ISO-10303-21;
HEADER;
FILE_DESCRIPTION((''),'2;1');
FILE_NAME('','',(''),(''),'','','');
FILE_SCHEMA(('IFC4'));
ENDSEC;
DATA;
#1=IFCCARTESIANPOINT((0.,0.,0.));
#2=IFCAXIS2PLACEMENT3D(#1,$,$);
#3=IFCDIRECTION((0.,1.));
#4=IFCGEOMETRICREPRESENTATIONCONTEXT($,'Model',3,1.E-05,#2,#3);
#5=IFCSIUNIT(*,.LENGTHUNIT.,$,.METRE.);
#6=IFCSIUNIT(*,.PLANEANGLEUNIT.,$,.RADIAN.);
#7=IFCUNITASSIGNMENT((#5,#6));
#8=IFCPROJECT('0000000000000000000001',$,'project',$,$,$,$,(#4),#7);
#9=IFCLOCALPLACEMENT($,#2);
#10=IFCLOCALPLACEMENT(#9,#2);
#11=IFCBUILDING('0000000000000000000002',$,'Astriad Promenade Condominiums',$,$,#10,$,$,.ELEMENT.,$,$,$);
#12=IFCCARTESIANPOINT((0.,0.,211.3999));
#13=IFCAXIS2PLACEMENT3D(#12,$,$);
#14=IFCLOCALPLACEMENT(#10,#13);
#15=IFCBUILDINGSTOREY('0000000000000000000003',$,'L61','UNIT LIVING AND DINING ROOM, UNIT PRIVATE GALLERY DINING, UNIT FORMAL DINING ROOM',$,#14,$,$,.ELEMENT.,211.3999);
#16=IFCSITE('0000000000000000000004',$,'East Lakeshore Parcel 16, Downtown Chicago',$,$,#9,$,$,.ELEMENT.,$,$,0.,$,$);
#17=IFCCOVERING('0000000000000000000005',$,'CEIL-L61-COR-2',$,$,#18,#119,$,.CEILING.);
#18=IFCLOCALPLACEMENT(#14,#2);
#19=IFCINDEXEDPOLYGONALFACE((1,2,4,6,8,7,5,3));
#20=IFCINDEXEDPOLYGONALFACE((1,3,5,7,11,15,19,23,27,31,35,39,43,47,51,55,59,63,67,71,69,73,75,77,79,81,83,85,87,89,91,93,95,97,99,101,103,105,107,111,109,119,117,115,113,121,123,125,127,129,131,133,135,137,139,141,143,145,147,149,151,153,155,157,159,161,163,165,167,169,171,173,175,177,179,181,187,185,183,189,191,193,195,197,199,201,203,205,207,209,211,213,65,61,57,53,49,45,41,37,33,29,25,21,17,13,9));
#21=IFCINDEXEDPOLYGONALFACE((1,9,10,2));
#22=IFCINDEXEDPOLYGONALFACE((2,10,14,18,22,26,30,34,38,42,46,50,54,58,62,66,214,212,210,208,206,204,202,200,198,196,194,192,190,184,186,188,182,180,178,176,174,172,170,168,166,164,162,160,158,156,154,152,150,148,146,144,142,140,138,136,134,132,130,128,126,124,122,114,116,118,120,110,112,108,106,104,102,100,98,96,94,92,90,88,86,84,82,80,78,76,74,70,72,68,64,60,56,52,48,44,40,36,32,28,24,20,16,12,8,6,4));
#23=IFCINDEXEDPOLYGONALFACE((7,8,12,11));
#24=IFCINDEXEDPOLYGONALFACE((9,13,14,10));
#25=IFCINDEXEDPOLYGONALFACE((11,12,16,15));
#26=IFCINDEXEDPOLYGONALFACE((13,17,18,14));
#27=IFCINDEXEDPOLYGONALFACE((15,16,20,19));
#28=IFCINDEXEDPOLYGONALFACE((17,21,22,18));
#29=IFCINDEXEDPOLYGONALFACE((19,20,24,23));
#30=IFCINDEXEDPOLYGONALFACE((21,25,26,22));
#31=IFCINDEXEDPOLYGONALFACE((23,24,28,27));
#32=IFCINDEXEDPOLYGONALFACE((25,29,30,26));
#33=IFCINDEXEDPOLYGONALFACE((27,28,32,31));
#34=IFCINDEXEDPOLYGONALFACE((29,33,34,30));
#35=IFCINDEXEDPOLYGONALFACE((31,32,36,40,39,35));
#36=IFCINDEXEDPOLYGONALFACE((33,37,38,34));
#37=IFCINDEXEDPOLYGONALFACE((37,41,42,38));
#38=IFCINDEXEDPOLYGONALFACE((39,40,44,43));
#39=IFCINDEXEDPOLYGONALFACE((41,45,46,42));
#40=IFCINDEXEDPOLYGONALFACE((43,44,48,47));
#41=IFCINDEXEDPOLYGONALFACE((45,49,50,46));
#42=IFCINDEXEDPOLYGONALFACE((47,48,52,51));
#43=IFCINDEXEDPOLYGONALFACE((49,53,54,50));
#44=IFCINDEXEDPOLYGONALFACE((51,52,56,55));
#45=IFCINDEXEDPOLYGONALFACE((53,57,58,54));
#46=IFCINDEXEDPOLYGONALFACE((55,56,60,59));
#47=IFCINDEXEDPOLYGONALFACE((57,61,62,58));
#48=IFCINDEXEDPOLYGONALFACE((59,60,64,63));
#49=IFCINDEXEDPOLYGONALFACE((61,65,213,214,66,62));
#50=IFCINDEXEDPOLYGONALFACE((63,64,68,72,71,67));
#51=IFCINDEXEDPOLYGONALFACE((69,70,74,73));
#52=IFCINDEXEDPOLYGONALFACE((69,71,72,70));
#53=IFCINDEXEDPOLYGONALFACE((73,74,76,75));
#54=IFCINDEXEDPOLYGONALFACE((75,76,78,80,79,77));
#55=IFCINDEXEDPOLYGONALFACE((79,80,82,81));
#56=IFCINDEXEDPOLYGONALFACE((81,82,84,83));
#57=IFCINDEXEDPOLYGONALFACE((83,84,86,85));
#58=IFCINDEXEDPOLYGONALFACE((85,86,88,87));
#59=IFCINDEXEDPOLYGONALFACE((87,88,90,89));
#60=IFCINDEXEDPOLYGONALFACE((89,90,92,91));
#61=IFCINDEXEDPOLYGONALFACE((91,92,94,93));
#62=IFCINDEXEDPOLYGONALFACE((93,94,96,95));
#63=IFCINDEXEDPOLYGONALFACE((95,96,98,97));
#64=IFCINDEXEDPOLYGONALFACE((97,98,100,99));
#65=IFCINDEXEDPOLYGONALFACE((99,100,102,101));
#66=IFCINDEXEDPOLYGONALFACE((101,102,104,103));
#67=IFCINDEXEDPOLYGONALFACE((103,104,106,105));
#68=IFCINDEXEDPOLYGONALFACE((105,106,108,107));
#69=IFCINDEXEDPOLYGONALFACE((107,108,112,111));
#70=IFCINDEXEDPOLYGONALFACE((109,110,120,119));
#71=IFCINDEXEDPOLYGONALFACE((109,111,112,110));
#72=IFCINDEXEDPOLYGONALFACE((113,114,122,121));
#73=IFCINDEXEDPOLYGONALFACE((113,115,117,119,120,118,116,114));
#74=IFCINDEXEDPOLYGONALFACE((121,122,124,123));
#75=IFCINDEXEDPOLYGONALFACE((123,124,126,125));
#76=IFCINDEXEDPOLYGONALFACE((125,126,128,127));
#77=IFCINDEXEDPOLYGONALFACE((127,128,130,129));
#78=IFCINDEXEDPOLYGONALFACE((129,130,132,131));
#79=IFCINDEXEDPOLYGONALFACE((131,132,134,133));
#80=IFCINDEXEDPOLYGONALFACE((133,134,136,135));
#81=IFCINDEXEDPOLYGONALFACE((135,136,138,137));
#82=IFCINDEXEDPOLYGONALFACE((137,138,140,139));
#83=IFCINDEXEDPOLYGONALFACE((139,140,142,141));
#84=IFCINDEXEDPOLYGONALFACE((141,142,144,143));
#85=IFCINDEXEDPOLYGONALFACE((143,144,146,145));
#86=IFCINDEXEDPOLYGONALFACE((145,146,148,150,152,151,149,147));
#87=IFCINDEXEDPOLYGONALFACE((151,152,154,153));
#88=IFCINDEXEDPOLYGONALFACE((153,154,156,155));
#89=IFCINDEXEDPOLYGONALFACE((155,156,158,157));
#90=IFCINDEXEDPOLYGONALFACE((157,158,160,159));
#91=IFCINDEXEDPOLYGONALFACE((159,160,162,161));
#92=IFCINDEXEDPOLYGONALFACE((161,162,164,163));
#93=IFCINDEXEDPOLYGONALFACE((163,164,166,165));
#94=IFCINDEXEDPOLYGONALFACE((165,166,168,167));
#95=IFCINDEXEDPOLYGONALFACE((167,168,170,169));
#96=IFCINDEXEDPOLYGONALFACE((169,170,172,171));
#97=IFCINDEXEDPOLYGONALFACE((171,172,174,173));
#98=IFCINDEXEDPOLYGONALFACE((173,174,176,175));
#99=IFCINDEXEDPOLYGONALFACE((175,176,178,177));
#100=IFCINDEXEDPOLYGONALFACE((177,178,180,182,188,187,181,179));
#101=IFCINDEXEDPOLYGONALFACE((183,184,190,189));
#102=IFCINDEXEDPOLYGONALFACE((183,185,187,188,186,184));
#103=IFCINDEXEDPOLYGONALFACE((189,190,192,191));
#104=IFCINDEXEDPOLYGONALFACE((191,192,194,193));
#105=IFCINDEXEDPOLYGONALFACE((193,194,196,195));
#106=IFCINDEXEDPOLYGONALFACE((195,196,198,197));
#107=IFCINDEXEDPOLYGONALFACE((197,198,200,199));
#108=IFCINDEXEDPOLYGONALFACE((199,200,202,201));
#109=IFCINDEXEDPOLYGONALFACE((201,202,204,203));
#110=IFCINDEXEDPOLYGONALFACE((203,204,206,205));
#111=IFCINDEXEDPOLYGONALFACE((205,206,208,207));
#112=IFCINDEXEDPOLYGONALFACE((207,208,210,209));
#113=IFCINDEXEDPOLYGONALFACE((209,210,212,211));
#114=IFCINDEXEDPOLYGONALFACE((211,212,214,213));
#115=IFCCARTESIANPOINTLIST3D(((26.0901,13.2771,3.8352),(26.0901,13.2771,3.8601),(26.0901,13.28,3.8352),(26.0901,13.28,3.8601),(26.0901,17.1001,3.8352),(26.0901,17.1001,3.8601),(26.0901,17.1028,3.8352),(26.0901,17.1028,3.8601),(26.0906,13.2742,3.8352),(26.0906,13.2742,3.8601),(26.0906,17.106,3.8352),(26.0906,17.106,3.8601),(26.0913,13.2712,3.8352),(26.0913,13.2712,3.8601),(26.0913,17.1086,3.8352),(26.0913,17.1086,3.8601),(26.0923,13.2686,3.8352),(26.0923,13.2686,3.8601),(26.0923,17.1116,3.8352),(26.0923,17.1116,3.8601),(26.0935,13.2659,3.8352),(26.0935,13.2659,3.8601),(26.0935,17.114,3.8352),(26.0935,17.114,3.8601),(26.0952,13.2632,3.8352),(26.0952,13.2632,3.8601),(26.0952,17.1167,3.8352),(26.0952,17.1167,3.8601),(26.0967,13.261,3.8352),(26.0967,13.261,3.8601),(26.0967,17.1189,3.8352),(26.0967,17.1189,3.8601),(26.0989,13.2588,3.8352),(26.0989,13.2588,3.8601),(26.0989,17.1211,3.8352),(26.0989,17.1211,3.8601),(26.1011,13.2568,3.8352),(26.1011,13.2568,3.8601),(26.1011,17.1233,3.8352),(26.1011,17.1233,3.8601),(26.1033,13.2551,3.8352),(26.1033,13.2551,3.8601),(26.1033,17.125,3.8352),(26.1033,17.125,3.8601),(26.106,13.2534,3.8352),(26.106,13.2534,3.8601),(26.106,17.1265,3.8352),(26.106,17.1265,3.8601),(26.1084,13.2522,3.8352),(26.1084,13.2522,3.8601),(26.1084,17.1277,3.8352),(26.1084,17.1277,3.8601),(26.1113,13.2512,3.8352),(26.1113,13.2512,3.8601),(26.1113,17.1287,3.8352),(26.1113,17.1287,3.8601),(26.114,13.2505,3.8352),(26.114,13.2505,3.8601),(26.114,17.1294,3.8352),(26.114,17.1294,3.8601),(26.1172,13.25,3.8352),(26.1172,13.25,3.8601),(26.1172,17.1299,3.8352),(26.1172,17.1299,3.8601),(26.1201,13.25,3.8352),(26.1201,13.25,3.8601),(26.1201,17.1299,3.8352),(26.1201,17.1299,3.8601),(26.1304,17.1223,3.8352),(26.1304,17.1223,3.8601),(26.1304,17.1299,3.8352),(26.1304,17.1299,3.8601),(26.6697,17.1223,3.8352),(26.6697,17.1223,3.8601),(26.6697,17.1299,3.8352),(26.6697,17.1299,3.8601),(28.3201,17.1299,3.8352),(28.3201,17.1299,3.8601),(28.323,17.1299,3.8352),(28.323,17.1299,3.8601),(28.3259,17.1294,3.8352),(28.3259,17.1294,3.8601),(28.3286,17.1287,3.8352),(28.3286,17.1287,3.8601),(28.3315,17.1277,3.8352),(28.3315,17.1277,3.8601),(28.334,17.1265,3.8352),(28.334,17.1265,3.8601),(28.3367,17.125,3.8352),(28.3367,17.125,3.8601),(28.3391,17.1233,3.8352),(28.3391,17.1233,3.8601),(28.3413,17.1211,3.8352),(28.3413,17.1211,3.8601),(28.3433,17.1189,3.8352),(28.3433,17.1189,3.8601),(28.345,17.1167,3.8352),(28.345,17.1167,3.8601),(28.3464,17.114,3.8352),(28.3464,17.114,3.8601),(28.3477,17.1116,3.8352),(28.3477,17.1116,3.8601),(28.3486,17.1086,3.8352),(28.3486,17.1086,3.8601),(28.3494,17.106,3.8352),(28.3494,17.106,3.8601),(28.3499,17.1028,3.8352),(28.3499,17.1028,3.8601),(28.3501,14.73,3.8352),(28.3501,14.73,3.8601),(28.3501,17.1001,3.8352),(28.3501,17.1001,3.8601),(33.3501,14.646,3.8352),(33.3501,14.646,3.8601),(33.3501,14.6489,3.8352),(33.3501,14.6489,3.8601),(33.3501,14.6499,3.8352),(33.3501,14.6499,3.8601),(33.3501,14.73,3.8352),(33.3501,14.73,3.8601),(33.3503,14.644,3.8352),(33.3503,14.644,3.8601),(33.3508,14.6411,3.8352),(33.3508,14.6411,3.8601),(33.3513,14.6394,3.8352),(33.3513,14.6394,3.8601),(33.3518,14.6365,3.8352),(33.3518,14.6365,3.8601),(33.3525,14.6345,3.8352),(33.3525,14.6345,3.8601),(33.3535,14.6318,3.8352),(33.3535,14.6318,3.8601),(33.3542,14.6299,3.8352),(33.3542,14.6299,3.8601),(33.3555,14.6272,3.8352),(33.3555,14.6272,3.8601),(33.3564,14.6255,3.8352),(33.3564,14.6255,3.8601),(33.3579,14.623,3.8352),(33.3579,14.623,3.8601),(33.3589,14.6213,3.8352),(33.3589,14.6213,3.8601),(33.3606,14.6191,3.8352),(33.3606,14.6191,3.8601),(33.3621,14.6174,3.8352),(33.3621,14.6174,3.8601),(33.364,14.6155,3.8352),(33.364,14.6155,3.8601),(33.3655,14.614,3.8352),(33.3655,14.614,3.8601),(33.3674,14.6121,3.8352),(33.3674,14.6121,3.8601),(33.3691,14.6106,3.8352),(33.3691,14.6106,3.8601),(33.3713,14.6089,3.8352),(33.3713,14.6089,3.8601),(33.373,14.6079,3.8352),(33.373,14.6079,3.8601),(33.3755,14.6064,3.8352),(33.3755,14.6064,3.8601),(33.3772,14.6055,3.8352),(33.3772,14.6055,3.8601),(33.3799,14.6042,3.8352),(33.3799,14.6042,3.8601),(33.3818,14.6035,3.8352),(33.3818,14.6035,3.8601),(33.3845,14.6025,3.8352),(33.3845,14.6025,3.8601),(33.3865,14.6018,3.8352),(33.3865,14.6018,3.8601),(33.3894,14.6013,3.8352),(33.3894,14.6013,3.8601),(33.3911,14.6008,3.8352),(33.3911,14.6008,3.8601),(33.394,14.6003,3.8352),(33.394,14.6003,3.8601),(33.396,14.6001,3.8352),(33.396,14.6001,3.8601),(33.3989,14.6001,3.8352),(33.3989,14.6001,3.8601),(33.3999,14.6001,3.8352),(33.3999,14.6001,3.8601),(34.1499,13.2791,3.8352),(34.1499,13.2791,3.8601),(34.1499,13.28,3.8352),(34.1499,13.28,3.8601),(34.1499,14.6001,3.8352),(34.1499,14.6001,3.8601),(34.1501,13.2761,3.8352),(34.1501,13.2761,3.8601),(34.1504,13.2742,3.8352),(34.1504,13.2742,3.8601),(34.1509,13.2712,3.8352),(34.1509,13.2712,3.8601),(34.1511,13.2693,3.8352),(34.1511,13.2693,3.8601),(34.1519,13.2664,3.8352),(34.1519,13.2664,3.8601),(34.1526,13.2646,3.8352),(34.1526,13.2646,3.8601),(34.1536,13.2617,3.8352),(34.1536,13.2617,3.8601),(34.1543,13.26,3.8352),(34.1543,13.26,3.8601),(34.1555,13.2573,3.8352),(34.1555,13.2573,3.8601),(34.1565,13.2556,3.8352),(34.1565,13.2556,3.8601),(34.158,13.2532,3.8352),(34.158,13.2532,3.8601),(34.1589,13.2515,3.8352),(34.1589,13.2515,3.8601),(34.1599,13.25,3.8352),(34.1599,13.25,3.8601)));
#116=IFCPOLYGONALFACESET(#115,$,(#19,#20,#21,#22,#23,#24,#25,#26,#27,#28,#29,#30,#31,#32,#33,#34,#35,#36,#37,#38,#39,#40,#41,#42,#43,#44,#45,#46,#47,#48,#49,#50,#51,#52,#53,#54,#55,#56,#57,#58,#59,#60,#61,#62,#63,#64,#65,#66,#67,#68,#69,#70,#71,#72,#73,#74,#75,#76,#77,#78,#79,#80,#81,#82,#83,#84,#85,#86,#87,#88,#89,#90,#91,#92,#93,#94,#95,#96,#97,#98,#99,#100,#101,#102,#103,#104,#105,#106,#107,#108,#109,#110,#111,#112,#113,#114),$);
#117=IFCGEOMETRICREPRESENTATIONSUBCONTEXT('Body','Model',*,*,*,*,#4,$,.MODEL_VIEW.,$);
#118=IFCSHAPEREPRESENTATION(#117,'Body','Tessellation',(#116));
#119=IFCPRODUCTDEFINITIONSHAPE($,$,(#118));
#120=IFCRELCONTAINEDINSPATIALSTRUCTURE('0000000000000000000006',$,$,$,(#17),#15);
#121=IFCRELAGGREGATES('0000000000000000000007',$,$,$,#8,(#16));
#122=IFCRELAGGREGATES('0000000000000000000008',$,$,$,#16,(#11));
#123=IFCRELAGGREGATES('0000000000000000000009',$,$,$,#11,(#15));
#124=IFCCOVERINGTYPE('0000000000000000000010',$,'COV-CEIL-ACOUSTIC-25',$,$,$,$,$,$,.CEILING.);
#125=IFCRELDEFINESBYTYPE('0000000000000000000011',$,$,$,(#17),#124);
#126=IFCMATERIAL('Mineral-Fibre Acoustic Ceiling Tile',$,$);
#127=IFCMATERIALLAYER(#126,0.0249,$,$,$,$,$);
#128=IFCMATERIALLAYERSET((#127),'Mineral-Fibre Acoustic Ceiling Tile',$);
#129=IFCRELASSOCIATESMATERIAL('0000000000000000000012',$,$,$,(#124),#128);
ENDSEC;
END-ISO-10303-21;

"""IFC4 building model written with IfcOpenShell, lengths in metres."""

from ifc_helpers import new_model, si_unit, direction, frame, origin, place, context, subcontext, project, spatial, polyline, outline, extrude, material, layer, layer_set, type_object, element, save


model = new_model("IFC4")

# Units and contexts
model_context = context("Model", 3, precision=1e-05, world=origin(), true_north=direction((0.0, 1.0)))
body_context = subcontext(model_context, "Body", "Model", "MODEL_VIEW")
ifc_project = project(units=[si_unit("LENGTHUNIT", "METRE"), si_unit("PLANEANGLEUNIT", "RADIAN")], contexts=[model_context])

# Site, building, storey
site_placement = place(None, origin())
site = spatial("IfcSite", under=ifc_project, at=site_placement, Name="East Lakeshore Parcel 16, Downtown Chicago", CompositionType="ELEMENT", RefElevation=0.0)
building_placement = place(site_placement, origin())
building = spatial("IfcBuilding", under=site, at=building_placement, Name="Astriad Promenade Condominiums", CompositionType="ELEMENT")
storey_placement = place(building_placement, frame((0.0, 0.0, 211.3999)))
storey = spatial("IfcBuildingStorey", under=building, at=storey_placement, Name="L61", Description="UNIT LIVING AND DINING ROOM, UNIT PRIVATE GALLERY DINING, UNIT FORMAL DINING ROOM", CompositionType="ELEMENT", Elevation=211.3999)

# Covering
ifc_material_1 = material(Name="Mineral-Fibre Acoustic Ceiling Tile")
ifc_layer_1 = layer(ifc_material_1, 0.0249)
ifc_layer_set_1 = layer_set([ifc_layer_1], Name="Mineral-Fibre Acoustic Ceiling Tile")
covering_type_1 = type_object("IfcCoveringType", Name="COV-CEIL-ACOUSTIC-25", PredefinedType="CEILING", material=ifc_layer_set_1)
covering_1_placement = place(storey_placement, frame((0.0, 0.0, 3.8352)))
element("IfcCovering", 1, at=covering_1_placement, inside=storey, type_object=covering_type_1, Name="CEIL-L61-COR-2", PredefinedType="CEILING", context=body_context, shape_type="SweptSolid", body=[
    extrude(outline(polyline([(26.0906, 17.106), (26.0913, 17.1086), (26.0923, 17.1116), (26.0935, 17.114), (26.0952, 17.1167), (26.0967, 17.1189), (26.0989, 17.1211), (26.1011, 17.1233), (26.1033, 17.125), (26.106, 17.1265), (26.1084, 17.1277), (26.1113, 17.1287), (26.114, 17.1294), (26.1172, 17.1299), (26.1201, 17.1299), (26.1304, 17.1299), (26.1304, 17.1223), (26.6697, 17.1223), (26.6697, 17.1299), (28.3201, 17.1299), (28.323, 17.1299), (28.3259, 17.1294), (28.3286, 17.1287), (28.3315, 17.1277), (28.334, 17.1265), (28.3367, 17.125), (28.3391, 17.1233), (28.3413, 17.1211), (28.3433, 17.1189), (28.345, 17.1167), (28.3464, 17.114), (28.3477, 17.1116), (28.3486, 17.1086), (28.3494, 17.106), (28.3499, 17.1028), (28.3501, 17.1001), (28.3501, 14.73), (33.3501, 14.73), (33.3501, 14.6499), (33.3501, 14.6489), (33.3501, 14.646), (33.3503, 14.644), (33.3508, 14.6411), (33.3513, 14.6394), (33.3518, 14.6365), (33.3525, 14.6345), (33.3535, 14.6318), (33.3542, 14.6299), (33.3555, 14.6272), (33.3564, 14.6255), (33.3579, 14.623), (33.3589, 14.6213), (33.3606, 14.6191), (33.3621, 14.6174), (33.364, 14.6155), (33.3655, 14.614), (33.3674, 14.6121), (33.3691, 14.6106), (33.3713, 14.6089), (33.373, 14.6079), (33.3755, 14.6064), (33.3772, 14.6055), (33.3799, 14.6042), (33.3818, 14.6035), (33.3845, 14.6025), (33.3865, 14.6018), (33.3894, 14.6013), (33.3911, 14.6008), (33.394, 14.6003), (33.396, 14.6001), (33.3989, 14.6001), (33.3999, 14.6001), (34.1499, 14.6001), (34.1499, 13.28), (34.1499, 13.2791), (34.1501, 13.2761), (34.1504, 13.2742), (34.1509, 13.2712), (34.1511, 13.2693), (34.1519, 13.2664), (34.1526, 13.2646), (34.1536, 13.2617), (34.1543, 13.26), (34.1555, 13.2573), (34.1565, 13.2556), (34.158, 13.2532), (34.1589, 13.2515), (34.1599, 13.25), (26.1201, 13.25), (26.1172, 13.25), (26.114, 13.2505), (26.1113, 13.2512), (26.1084, 13.2522), (26.106, 13.2534), (26.1033, 13.2551), (26.1011, 13.2568), (26.0989, 13.2588), (26.0967, 13.261), (26.0952, 13.2632), (26.0935, 13.2659), (26.0923, 13.2686), (26.0913, 13.2712), (26.0906, 13.2742), (26.0901, 13.2771), (26.0901, 13.28), (26.0901, 17.1001), (26.0901, 17.1028), (26.0906, 17.106)])), origin(), (0.0, 0.0, 1.0), 0.0249),
])

save(model, "model.ifc")
